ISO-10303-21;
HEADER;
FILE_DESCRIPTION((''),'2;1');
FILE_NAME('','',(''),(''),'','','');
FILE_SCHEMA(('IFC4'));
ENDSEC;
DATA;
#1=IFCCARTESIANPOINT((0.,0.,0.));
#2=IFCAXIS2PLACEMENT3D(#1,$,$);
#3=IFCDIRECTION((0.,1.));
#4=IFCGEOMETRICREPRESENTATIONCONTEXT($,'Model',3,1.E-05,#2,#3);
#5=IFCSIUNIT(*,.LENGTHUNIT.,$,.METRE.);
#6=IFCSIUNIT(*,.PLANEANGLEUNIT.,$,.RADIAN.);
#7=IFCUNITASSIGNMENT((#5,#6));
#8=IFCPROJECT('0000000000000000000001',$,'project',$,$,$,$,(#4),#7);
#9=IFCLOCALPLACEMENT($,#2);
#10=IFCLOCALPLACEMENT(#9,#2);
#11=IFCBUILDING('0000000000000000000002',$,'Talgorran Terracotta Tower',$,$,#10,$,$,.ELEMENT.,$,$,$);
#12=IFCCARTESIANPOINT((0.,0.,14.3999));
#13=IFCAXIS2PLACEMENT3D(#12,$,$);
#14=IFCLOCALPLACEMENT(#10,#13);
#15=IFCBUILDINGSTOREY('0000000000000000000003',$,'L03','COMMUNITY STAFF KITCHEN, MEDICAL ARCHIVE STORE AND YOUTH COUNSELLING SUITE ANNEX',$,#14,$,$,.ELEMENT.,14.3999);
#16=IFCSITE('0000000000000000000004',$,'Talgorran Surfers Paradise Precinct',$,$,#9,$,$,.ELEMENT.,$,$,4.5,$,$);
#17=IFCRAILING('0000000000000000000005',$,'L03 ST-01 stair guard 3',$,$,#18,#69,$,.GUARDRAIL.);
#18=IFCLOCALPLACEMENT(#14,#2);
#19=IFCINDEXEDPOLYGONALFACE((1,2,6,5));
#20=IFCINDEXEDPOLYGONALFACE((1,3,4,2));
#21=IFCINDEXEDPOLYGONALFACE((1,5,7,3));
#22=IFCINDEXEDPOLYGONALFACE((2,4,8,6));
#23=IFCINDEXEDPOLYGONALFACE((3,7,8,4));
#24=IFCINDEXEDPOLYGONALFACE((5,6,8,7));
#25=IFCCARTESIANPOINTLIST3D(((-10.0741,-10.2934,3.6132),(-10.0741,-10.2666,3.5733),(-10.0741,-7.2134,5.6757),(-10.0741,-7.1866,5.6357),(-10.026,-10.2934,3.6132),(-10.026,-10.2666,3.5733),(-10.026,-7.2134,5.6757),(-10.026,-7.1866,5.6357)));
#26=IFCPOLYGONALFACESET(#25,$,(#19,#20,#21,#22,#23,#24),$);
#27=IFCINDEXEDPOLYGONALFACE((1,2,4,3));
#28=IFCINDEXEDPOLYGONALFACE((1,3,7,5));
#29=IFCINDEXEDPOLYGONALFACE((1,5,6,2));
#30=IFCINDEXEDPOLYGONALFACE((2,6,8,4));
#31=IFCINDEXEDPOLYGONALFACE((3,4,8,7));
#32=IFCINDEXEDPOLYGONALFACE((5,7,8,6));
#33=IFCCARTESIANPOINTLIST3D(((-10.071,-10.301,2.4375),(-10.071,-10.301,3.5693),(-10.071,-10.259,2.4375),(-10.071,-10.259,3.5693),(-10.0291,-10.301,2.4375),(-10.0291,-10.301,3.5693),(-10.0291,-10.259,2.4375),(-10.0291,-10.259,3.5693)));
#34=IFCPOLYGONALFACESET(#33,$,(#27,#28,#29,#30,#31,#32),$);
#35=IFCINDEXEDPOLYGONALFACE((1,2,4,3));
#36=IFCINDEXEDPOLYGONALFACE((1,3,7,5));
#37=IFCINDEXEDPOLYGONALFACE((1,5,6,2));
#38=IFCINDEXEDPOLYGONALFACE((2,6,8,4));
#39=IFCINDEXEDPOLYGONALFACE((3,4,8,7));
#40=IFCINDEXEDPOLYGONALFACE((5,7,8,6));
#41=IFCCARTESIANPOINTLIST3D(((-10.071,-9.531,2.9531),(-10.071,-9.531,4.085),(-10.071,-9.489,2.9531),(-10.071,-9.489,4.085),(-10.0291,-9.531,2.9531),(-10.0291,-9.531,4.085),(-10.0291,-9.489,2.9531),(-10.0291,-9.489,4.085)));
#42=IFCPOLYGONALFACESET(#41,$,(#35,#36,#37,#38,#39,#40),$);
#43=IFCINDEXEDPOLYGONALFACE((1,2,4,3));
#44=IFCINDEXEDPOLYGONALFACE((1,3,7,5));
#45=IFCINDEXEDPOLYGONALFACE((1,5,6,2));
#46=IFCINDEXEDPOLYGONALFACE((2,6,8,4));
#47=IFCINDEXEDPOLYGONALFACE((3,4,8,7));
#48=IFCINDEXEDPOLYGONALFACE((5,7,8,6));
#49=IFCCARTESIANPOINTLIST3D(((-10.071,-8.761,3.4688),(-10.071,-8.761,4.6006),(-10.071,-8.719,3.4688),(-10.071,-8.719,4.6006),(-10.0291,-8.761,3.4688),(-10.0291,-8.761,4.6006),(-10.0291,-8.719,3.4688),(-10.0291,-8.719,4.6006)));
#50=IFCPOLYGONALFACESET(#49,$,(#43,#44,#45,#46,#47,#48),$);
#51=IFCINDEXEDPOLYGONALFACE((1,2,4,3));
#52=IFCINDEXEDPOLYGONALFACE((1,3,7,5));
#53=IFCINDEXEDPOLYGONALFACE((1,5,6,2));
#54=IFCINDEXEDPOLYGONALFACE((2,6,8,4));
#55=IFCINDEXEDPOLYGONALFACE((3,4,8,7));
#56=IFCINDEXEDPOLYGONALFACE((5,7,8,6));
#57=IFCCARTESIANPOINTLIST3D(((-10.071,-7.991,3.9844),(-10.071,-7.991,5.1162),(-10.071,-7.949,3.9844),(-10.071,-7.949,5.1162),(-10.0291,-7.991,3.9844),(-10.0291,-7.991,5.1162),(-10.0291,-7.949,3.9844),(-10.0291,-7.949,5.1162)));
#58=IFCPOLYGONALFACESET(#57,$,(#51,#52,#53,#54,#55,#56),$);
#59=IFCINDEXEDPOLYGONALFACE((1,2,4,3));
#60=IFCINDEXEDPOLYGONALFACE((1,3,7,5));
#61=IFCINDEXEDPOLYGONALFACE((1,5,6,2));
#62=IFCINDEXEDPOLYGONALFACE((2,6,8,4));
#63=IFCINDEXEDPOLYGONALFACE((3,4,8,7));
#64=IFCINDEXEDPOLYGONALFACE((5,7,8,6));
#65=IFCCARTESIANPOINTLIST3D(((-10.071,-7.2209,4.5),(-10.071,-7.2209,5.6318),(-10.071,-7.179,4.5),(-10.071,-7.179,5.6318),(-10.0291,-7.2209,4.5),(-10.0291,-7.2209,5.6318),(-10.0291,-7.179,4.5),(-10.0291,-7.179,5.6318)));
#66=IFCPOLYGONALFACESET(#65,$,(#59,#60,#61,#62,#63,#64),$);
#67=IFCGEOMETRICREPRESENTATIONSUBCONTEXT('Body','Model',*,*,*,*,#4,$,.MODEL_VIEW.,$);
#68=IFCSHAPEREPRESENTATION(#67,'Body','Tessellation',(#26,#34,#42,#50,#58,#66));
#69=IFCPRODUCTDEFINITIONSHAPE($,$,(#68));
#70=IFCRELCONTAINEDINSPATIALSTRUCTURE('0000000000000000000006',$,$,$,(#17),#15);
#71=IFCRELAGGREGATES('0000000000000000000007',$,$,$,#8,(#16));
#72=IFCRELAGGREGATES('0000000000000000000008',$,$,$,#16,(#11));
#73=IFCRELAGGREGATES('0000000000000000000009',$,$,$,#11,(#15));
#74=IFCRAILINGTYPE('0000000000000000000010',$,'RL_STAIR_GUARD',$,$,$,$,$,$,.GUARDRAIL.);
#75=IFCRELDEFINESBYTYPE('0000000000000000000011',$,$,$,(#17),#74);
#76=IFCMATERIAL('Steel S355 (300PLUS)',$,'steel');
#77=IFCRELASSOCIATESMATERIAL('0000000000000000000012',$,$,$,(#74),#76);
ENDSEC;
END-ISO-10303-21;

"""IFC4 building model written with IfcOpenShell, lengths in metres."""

from ifc_helpers import new_model, si_unit, direction, frame, origin, origin_2d, place, context, subcontext, project, spatial, rectangle, extrude, material, type_object, element, save


model = new_model("IFC4")

# Units and contexts
model_context = context("Model", 3, precision=1e-05, world=origin(), true_north=direction((0.0, 1.0)))
body_context = subcontext(model_context, "Body", "Model", "MODEL_VIEW")
ifc_project = project(units=[si_unit("LENGTHUNIT", "METRE"), si_unit("PLANEANGLEUNIT", "RADIAN")], contexts=[model_context])

# Site, building, storey
site_placement = place(None, origin())
site = spatial("IfcSite", under=ifc_project, at=site_placement, Name="Talgorran Surfers Paradise Precinct", CompositionType="ELEMENT", RefElevation=4.5)
building_placement = place(site_placement, origin())
building = spatial("IfcBuilding", under=site, at=building_placement, Name="Talgorran Terracotta Tower", CompositionType="ELEMENT")
storey_placement = place(building_placement, frame((0.0, 0.0, 14.3999)))
storey = spatial("IfcBuildingStorey", under=building, at=storey_placement, Name="L03", Description="COMMUNITY STAFF KITCHEN, MEDICAL ARCHIVE STORE AND YOUTH COUNSELLING SUITE ANNEX", CompositionType="ELEMENT", Elevation=14.3999)

# Railing
ifc_material_1 = material(Name="Steel S355 (300PLUS)", Category="steel")
railing_type_1 = type_object("IfcRailingType", Name="RL_STAIR_GUARD", PredefinedType="GUARDRAIL", material=ifc_material_1)
railing_1_placement = place(storey_placement, frame((-10.05, -10.28, 2.4375)))
element("IfcRailing", 1, at=railing_1_placement, inside=storey, type_object=railing_type_1, Name="L03 ST-01 stair guard 3", PredefinedType="GUARDRAIL", context=body_context, shape_type="SweptSolid", body=[
    extrude(rectangle(XDim=0.0481, YDim=0.0481, at=origin_2d()), frame((0.0, 0.0, 1.1558), z_axis=(0.0, 0.830914, 0.556401), x_axis=(-1.0, 0.0, 0.0)), (0.0, 0.0, 1.0), 3.7068),
    extrude(rectangle(XDim=0.042, YDim=0.042, at=origin_2d()), origin(), (0.0, 0.0, 1.0), 1.1318),
    extrude(rectangle(XDim=0.042, YDim=0.042, at=origin_2d()), frame((0.0, 0.77, 0.5156)), (0.0, 0.0, 1.0), 1.1318),
    extrude(rectangle(XDim=0.042, YDim=0.042, at=origin_2d()), frame((0.0, 1.54, 1.0312)), (0.0, 0.0, 1.0), 1.1318),
    extrude(rectangle(XDim=0.042, YDim=0.042, at=origin_2d()), frame((0.0, 2.3101, 1.5469)), (0.0, 0.0, 1.0), 1.1318),
    extrude(rectangle(XDim=0.042, YDim=0.042, at=origin_2d()), frame((0.0, 3.0801, 2.0625)), (0.0, 0.0, 1.0), 1.1318),
])

save(model, "model.ifc")
